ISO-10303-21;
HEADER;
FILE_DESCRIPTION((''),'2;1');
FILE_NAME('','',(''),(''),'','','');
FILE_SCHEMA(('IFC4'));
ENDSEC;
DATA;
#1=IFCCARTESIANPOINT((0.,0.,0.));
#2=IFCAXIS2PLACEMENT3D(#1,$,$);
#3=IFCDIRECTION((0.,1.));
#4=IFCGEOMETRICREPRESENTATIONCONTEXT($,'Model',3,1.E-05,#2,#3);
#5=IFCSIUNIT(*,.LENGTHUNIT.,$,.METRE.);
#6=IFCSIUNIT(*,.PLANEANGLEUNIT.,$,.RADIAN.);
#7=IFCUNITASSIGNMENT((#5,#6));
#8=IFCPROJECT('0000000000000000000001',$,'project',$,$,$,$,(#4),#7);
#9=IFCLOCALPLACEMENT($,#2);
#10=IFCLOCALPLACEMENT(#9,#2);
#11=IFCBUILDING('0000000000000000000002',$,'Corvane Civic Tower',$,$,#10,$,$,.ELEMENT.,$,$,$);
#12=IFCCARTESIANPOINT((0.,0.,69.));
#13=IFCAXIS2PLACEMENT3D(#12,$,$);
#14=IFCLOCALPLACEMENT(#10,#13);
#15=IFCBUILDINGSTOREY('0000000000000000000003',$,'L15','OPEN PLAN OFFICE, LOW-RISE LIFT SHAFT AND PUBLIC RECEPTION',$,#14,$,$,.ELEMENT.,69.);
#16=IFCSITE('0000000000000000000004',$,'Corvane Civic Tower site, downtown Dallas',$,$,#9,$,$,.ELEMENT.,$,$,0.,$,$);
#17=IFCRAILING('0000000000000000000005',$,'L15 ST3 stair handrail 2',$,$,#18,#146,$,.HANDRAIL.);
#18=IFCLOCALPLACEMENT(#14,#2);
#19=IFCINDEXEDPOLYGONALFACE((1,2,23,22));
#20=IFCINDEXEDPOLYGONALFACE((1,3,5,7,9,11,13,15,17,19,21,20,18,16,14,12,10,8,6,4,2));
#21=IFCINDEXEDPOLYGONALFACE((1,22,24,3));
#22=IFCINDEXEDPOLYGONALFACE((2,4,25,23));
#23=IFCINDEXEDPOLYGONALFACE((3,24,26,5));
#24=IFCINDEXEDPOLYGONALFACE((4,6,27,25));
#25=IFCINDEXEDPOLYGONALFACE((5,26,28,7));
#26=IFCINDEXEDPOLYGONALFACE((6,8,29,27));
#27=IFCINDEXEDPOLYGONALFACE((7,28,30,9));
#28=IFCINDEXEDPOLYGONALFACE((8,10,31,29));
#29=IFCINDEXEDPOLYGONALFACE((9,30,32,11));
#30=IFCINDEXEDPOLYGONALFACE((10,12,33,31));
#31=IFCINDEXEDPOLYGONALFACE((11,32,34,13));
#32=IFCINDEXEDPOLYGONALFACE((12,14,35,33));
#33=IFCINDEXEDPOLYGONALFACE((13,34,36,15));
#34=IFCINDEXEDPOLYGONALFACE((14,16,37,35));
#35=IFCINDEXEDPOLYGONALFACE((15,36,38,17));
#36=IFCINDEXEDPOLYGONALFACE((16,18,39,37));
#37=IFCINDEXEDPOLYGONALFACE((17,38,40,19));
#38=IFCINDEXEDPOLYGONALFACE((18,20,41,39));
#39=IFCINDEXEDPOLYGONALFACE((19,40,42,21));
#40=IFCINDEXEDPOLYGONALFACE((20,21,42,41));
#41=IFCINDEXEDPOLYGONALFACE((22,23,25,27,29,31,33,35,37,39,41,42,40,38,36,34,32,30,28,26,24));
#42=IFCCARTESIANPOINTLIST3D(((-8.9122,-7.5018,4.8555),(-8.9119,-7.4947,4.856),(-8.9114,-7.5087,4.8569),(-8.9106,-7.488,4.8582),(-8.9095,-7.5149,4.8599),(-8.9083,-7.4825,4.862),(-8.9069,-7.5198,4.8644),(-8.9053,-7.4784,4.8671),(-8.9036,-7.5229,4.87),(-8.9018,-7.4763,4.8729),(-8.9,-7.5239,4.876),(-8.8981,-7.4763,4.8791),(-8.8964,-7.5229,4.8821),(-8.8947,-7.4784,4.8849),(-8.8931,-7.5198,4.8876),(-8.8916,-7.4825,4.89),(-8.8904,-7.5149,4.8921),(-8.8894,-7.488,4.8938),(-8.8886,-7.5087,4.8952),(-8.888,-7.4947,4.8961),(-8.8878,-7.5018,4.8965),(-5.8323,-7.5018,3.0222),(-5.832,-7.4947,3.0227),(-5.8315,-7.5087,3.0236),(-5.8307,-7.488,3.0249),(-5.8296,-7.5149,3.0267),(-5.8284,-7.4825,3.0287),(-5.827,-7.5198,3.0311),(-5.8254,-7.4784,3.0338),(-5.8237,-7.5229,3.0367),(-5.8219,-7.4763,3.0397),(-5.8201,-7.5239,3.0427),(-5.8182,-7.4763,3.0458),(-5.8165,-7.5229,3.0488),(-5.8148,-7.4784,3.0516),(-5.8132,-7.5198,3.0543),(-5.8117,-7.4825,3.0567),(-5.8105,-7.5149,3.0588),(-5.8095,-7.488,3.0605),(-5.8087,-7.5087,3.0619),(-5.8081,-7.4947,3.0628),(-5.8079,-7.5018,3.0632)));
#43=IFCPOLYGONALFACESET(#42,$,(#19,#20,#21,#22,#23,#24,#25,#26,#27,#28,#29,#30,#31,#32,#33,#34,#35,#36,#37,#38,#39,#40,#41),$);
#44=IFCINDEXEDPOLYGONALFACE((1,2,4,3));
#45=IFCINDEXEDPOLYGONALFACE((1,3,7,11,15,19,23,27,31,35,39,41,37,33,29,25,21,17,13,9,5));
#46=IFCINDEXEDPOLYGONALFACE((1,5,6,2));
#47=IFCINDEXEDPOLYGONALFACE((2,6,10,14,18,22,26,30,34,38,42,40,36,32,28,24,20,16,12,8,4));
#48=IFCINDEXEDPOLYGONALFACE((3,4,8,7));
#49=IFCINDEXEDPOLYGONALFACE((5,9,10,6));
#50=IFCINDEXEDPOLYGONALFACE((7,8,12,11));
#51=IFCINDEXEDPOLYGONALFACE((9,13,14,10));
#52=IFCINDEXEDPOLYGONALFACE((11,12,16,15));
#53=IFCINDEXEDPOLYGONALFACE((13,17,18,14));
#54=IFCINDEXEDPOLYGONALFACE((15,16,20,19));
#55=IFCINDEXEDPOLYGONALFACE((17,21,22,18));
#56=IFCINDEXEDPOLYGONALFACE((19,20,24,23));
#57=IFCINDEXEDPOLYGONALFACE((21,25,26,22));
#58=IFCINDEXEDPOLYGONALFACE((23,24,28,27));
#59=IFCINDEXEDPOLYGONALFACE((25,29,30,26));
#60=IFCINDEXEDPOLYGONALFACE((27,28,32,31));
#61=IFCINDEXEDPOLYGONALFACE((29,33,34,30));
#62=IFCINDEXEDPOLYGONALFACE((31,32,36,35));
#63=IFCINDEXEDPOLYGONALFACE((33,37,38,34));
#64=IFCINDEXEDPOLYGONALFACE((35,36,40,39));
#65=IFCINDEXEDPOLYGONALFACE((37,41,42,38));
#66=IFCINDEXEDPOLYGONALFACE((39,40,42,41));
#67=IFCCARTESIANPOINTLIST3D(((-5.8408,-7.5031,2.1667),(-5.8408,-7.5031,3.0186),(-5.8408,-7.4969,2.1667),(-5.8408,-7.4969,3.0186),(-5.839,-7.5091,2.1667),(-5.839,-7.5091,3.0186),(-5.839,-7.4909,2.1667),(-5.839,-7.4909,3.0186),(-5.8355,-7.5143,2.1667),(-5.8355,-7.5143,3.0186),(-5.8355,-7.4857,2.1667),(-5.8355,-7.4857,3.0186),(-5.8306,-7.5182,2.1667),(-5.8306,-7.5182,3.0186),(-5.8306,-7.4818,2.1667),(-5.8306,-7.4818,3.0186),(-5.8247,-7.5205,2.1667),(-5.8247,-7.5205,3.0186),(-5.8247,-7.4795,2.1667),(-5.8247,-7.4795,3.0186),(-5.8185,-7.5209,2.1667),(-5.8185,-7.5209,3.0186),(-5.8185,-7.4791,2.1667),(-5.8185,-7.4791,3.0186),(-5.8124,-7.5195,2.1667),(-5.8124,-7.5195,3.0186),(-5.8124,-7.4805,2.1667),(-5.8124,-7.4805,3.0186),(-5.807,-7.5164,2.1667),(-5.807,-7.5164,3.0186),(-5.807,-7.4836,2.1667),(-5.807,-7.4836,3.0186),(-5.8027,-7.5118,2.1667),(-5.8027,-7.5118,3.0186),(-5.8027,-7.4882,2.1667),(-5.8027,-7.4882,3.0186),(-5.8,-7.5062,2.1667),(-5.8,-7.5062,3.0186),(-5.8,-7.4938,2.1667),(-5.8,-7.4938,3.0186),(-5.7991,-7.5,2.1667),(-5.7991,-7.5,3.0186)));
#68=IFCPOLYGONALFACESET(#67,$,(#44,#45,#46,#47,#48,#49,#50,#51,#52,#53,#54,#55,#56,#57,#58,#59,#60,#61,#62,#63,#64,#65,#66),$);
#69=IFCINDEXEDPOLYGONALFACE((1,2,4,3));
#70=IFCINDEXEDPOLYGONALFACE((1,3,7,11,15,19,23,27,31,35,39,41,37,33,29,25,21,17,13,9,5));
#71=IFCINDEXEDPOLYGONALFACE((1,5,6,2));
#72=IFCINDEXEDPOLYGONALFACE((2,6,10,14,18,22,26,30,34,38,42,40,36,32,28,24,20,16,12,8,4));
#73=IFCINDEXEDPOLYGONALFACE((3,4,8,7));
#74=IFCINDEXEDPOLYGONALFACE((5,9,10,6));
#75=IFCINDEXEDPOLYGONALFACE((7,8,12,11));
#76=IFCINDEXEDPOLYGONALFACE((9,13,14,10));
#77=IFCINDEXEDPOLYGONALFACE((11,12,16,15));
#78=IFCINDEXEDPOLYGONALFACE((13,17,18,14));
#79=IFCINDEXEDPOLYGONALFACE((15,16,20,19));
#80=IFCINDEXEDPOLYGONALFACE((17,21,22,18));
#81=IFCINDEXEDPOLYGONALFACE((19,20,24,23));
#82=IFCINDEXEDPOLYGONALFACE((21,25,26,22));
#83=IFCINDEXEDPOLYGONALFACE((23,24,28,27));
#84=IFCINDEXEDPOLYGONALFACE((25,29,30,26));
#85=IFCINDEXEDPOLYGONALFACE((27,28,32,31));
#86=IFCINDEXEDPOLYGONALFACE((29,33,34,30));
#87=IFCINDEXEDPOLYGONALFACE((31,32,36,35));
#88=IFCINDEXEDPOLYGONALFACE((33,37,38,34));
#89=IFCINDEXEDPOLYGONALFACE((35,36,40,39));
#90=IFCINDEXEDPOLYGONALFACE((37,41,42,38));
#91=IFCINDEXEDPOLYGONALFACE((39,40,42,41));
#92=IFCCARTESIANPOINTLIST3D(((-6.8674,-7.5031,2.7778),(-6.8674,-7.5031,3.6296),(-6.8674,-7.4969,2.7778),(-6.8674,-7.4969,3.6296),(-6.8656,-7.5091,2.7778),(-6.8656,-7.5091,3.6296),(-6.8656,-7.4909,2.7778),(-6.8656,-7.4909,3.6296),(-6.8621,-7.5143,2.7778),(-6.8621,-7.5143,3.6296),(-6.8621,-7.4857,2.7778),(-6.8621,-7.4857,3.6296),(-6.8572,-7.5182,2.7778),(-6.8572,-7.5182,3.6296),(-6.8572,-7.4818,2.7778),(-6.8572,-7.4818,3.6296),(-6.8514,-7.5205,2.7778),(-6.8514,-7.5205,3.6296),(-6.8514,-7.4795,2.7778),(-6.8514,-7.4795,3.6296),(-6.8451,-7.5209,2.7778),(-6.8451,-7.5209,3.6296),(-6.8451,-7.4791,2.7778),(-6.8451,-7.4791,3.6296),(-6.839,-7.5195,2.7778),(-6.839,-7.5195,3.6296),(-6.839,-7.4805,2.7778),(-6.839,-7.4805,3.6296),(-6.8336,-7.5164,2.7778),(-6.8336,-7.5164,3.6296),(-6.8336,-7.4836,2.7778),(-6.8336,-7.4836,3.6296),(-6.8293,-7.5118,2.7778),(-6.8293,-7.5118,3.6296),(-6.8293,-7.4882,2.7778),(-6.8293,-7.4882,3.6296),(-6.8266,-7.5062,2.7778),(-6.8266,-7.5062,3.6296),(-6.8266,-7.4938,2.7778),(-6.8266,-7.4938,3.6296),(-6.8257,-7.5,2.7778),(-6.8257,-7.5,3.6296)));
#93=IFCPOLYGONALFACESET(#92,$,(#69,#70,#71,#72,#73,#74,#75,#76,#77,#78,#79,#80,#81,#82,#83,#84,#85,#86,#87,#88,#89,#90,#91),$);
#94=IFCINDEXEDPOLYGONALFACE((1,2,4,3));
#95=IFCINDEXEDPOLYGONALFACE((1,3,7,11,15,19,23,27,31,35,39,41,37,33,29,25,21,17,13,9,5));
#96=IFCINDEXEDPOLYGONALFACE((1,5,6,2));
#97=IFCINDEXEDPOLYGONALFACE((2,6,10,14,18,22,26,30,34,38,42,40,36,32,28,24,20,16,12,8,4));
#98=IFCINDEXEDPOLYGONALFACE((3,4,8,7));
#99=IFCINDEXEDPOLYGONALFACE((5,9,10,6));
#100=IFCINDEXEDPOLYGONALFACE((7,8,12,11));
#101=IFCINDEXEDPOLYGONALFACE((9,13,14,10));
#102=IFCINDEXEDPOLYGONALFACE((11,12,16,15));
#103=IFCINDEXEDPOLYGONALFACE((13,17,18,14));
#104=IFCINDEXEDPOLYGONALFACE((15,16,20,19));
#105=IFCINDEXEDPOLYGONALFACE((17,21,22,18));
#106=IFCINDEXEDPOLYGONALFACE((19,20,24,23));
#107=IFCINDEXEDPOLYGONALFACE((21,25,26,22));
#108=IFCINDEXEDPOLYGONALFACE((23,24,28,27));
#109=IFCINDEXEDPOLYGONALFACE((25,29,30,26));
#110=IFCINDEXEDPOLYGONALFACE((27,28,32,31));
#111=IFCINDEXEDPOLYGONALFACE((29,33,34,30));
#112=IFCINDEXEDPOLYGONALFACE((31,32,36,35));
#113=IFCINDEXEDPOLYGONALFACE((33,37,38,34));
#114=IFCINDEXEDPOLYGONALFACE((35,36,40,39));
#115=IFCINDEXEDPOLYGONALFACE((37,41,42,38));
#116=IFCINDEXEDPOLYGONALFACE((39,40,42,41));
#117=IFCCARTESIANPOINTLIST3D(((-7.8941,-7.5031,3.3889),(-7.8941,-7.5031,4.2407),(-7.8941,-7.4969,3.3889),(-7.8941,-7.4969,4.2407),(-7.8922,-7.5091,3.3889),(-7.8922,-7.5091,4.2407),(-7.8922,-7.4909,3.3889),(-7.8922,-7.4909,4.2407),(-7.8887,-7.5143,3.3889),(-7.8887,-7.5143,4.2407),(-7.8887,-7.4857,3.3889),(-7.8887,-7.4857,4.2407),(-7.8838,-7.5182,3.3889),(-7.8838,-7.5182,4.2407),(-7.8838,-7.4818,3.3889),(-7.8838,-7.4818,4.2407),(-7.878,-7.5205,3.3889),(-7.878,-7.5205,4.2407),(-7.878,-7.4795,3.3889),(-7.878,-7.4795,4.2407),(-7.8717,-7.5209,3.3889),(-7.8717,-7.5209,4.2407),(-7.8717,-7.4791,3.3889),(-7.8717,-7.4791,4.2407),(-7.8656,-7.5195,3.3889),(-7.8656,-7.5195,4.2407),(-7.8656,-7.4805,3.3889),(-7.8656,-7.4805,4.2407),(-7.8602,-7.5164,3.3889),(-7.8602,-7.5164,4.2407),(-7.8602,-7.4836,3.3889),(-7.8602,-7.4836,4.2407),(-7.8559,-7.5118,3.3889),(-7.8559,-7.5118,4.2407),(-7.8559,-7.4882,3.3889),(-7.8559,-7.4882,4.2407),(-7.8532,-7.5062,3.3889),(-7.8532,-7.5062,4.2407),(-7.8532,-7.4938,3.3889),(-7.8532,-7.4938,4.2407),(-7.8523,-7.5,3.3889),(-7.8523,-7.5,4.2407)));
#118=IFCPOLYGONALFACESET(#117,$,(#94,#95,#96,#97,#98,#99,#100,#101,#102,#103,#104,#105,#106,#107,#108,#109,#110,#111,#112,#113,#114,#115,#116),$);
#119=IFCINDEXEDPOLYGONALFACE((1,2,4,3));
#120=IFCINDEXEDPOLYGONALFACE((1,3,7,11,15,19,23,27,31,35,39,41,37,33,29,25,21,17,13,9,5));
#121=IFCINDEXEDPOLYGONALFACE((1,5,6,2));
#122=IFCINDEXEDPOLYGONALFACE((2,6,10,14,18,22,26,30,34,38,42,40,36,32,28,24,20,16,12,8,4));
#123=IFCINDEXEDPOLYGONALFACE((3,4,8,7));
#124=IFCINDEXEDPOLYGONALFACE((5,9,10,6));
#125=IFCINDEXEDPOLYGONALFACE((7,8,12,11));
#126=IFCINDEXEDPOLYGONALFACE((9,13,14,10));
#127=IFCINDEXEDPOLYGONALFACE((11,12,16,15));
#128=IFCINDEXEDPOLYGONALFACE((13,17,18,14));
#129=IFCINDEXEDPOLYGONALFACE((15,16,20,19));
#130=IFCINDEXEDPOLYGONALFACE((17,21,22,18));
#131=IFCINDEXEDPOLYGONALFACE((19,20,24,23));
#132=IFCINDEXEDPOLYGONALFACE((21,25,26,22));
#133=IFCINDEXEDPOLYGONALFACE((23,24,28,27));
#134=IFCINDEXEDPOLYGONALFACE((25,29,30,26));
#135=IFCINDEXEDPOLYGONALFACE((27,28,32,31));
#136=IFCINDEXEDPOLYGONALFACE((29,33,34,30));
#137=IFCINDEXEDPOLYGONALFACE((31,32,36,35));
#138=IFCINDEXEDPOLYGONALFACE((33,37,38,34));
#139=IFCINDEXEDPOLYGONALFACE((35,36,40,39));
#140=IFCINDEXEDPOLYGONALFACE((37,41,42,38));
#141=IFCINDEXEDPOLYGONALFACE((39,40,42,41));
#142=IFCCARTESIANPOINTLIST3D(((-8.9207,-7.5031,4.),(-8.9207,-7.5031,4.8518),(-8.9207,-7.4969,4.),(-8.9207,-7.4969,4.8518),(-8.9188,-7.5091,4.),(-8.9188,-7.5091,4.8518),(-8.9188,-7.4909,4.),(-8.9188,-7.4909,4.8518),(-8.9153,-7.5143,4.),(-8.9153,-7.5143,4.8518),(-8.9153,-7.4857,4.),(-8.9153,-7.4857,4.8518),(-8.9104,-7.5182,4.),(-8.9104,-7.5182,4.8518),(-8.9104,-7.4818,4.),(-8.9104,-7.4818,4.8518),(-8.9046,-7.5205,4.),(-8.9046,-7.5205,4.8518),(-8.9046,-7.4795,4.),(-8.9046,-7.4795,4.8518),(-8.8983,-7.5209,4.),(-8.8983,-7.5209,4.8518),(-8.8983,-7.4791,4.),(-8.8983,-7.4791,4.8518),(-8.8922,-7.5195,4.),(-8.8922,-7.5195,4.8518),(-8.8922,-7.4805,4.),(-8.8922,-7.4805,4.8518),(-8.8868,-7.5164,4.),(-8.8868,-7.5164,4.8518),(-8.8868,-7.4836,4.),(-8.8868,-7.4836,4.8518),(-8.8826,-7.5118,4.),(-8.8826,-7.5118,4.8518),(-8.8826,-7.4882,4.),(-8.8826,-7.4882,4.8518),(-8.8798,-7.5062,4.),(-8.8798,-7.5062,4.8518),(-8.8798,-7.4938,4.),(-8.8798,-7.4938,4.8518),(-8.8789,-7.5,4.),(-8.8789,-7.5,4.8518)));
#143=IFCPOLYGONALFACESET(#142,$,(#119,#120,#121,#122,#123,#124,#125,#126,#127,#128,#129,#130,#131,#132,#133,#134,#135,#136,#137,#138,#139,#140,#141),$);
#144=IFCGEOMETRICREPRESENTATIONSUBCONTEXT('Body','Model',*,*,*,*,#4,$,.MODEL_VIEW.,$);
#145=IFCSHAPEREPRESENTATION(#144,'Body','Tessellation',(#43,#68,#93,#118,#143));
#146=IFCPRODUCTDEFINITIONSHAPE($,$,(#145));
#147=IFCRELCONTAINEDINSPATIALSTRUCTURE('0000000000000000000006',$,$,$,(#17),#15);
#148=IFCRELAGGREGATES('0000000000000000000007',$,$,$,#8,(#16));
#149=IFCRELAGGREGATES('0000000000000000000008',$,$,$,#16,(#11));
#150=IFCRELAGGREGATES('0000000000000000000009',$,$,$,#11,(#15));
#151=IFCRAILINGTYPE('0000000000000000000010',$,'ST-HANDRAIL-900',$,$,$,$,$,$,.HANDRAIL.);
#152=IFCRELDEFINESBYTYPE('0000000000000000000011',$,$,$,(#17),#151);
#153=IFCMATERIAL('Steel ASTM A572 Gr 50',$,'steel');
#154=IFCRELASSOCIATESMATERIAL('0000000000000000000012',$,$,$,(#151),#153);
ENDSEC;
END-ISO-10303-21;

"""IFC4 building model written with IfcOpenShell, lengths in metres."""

from ifc_helpers import new_model, si_unit, direction, frame, origin, origin_2d, place, context, subcontext, project, spatial, circle, extrude, material, type_object, element, save


model = new_model("IFC4")

# Units and contexts
model_context = context("Model", 3, precision=1e-05, world=origin(), true_north=direction((0.0, 1.0)))
body_context = subcontext(model_context, "Body", "Model", "MODEL_VIEW")
ifc_project = project(units=[si_unit("LENGTHUNIT", "METRE"), si_unit("PLANEANGLEUNIT", "RADIAN")], contexts=[model_context])

# Site, building, storey
site_placement = place(None, origin())
site = spatial("IfcSite", under=ifc_project, at=site_placement, Name="Corvane Civic Tower site, downtown Dallas", CompositionType="ELEMENT", RefElevation=0.0)
building_placement = place(site_placement, origin())
building = spatial("IfcBuilding", under=site, at=building_placement, Name="Corvane Civic Tower", CompositionType="ELEMENT")
storey_placement = place(building_placement, frame((0.0, 0.0, 69.0)))
storey = spatial("IfcBuildingStorey", under=building, at=storey_placement, Name="L15", Description="OPEN PLAN OFFICE, LOW-RISE LIFT SHAFT AND PUBLIC RECEPTION", CompositionType="ELEMENT", Elevation=69.0)

# Railing
ifc_material_1 = material(Name="Steel ASTM A572 Gr 50", Category="steel")
railing_type = type_object("IfcRailingType", Name="ST-HANDRAIL-900", PredefinedType="HANDRAIL", material=ifc_material_1)
railing_1_placement = place(storey_placement, frame((-5.8201, -7.5, 2.1667)))
element("IfcRailing", 1, at=railing_1_placement, inside=storey, type_object=railing_type, Name="L15 ST3 stair handrail 2", PredefinedType="HANDRAIL", context=body_context, shape_type="SweptSolid", body=[
    extrude(circle(Radius=0.0239, at=origin_2d()), frame((0.0, 0.0, 0.876), z_axis=(-0.859291, 0.0, 0.511487), x_axis=(0.0, -1.0, 0.0)), (0.0, 0.0, 1.0), 3.5842),
    extrude(circle(Radius=0.021, at=origin_2d()), origin(), (0.0, 0.0, 1.0), 0.8518),
    extrude(circle(Radius=0.021, at=origin_2d()), frame((-1.0266, 0.0, 0.6111)), (0.0, 0.0, 1.0), 0.8518),
    extrude(circle(Radius=0.021, at=origin_2d()), frame((-2.0532, 0.0, 1.2222)), (0.0, 0.0, 1.0), 0.8518),
    extrude(circle(Radius=0.021, at=origin_2d()), frame((-3.0798, 0.0, 1.8333)), (0.0, 0.0, 1.0), 0.8518),
])

save(model, "model.ifc")
